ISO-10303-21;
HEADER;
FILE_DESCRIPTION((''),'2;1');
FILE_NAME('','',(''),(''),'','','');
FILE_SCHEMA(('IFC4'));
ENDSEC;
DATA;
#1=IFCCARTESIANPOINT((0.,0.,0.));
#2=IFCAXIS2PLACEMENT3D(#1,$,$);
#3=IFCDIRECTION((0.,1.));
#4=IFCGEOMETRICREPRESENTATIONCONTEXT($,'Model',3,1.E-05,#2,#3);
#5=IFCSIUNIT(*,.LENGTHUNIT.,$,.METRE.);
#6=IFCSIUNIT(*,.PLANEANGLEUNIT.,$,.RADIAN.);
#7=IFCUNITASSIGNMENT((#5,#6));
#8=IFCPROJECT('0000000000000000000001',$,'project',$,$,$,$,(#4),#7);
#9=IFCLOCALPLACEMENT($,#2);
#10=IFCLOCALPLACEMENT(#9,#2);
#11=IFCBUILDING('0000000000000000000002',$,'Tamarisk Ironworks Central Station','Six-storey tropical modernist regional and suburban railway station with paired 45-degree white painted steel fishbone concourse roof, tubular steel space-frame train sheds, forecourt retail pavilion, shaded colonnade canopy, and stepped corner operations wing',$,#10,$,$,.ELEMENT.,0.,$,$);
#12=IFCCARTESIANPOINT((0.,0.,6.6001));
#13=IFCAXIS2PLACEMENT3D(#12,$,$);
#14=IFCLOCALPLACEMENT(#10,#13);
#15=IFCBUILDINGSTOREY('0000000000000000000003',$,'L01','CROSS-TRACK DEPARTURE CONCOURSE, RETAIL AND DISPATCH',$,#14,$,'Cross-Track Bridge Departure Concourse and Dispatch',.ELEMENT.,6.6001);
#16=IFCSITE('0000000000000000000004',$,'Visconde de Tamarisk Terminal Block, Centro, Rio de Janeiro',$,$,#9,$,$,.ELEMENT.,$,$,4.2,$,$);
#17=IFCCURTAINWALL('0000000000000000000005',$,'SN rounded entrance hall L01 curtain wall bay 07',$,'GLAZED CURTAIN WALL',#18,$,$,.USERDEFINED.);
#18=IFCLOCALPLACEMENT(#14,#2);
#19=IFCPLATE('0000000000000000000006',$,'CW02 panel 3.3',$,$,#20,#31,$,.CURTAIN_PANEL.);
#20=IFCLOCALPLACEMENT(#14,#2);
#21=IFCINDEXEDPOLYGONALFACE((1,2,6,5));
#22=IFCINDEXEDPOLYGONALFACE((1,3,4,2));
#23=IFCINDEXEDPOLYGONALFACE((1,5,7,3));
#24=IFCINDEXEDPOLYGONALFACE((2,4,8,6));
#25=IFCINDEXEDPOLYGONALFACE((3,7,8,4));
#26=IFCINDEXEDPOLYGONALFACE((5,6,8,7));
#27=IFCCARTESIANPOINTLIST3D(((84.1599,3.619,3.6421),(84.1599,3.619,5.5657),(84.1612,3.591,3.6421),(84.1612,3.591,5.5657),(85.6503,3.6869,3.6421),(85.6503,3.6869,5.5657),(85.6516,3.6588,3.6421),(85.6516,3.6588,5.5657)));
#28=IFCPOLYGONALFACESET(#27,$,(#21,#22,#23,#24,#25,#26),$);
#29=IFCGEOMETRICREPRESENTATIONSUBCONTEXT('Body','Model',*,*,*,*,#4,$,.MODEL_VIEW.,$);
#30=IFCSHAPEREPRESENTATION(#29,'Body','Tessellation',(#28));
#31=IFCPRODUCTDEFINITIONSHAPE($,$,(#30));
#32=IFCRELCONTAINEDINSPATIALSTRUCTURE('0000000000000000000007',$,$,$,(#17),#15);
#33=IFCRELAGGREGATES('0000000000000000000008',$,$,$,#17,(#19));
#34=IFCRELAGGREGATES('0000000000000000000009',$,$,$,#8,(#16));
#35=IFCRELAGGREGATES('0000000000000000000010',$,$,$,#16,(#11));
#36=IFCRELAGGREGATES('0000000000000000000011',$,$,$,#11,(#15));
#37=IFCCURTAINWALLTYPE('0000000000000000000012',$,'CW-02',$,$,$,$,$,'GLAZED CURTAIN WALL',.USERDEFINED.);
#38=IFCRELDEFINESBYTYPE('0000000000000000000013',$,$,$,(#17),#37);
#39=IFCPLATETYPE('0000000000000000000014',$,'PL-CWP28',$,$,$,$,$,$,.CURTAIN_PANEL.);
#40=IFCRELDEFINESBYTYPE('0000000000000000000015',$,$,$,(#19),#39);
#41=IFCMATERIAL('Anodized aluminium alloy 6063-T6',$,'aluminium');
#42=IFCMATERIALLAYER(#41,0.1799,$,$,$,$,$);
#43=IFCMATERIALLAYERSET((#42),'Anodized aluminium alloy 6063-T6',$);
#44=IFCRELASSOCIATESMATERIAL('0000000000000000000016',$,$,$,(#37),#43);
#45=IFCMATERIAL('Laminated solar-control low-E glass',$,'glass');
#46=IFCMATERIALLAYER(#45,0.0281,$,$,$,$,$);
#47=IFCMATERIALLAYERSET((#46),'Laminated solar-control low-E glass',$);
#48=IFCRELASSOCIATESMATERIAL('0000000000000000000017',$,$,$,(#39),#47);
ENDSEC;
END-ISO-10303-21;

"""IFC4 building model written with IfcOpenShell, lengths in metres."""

from ifc_helpers import new_model, si_unit, direction, frame, origin, origin_2d, place, context, subcontext, project, spatial, rectangle, extrude, material, layer, layer_set, type_object, element, aggregate, save


model = new_model("IFC4")

# Units and contexts
model_context = context("Model", 3, precision=1e-05, world=origin(), true_north=direction((0.0, 1.0)))
body_context = subcontext(model_context, "Body", "Model", "MODEL_VIEW")
ifc_project = project(units=[si_unit("LENGTHUNIT", "METRE"), si_unit("PLANEANGLEUNIT", "RADIAN")], contexts=[model_context])

# Site, building, storey
site_placement = place(None, origin())
site = spatial("IfcSite", under=ifc_project, at=site_placement, Name="Visconde de Tamarisk Terminal Block, Centro, Rio de Janeiro", CompositionType="ELEMENT", RefElevation=4.2)
building_placement = place(site_placement, origin())
building = spatial("IfcBuilding", under=site, at=building_placement, Name="Tamarisk Ironworks Central Station", Description="Six-storey tropical modernist regional and suburban railway station with paired 45-degree white painted steel fishbone concourse roof, tubular steel space-frame train sheds, forecourt retail pavilion, shaded colonnade canopy, and stepped corner operations wing", CompositionType="ELEMENT", ElevationOfRefHeight=0.0)
storey_placement = place(building_placement, frame((0.0, 0.0, 6.6001)))
storey = spatial("IfcBuildingStorey", under=building, at=storey_placement, Name="L01", Description="CROSS-TRACK DEPARTURE CONCOURSE, RETAIL AND DISPATCH", LongName="Cross-Track Bridge Departure Concourse and Dispatch", CompositionType="ELEMENT", Elevation=6.6001)

# Curtain wall, plate
ifc_material_1 = material(Name="Anodized aluminium alloy 6063-T6", Category="aluminium")
ifc_layer_1 = layer(ifc_material_1, 0.1799)
ifc_layer_set_1 = layer_set([ifc_layer_1], Name="Anodized aluminium alloy 6063-T6")
curtain_wall_type = type_object("IfcCurtainWallType", Name="CW-02", ElementType="GLAZED CURTAIN WALL", PredefinedType="USERDEFINED", material=ifc_layer_set_1)
curtain_wall_placement = place(storey_placement, origin())
curtain_wall = element("IfcCurtainWall", 1, at=curtain_wall_placement, inside=storey, type_object=curtain_wall_type, Name="SN rounded entrance hall L01 curtain wall bay 07", ObjectType="GLAZED CURTAIN WALL", PredefinedType="USERDEFINED")
ifc_material_2 = material(Name="Laminated solar-control low-E glass", Category="glass")
ifc_layer_2 = layer(ifc_material_2, 0.0281)
ifc_layer_set_2 = layer_set([ifc_layer_2], Name="Laminated solar-control low-E glass")
plate_type = type_object("IfcPlateType", Name="PL-CWP28", PredefinedType="CURTAIN_PANEL", material=ifc_layer_set_2)
plate_1_placement = place(storey_placement, frame((84.9058, 3.6389, 3.6421), z_axis=(0.0, 0.0, 1.0), x_axis=(0.998965, 0.045481, 0.0)))
plate_1 = element("IfcPlate", 2, at=plate_1_placement, type_object=plate_type, Name="CW02 panel 3.3", PredefinedType="CURTAIN_PANEL", context=body_context, shape_type="SweptSolid", body=[
    extrude(rectangle(XDim=1.4919, YDim=0.0281, at=origin_2d()), origin(), (0.0, 0.0, 1.0), 1.9236),
])
aggregate(curtain_wall, [plate_1])

save(model, "model.ifc")
